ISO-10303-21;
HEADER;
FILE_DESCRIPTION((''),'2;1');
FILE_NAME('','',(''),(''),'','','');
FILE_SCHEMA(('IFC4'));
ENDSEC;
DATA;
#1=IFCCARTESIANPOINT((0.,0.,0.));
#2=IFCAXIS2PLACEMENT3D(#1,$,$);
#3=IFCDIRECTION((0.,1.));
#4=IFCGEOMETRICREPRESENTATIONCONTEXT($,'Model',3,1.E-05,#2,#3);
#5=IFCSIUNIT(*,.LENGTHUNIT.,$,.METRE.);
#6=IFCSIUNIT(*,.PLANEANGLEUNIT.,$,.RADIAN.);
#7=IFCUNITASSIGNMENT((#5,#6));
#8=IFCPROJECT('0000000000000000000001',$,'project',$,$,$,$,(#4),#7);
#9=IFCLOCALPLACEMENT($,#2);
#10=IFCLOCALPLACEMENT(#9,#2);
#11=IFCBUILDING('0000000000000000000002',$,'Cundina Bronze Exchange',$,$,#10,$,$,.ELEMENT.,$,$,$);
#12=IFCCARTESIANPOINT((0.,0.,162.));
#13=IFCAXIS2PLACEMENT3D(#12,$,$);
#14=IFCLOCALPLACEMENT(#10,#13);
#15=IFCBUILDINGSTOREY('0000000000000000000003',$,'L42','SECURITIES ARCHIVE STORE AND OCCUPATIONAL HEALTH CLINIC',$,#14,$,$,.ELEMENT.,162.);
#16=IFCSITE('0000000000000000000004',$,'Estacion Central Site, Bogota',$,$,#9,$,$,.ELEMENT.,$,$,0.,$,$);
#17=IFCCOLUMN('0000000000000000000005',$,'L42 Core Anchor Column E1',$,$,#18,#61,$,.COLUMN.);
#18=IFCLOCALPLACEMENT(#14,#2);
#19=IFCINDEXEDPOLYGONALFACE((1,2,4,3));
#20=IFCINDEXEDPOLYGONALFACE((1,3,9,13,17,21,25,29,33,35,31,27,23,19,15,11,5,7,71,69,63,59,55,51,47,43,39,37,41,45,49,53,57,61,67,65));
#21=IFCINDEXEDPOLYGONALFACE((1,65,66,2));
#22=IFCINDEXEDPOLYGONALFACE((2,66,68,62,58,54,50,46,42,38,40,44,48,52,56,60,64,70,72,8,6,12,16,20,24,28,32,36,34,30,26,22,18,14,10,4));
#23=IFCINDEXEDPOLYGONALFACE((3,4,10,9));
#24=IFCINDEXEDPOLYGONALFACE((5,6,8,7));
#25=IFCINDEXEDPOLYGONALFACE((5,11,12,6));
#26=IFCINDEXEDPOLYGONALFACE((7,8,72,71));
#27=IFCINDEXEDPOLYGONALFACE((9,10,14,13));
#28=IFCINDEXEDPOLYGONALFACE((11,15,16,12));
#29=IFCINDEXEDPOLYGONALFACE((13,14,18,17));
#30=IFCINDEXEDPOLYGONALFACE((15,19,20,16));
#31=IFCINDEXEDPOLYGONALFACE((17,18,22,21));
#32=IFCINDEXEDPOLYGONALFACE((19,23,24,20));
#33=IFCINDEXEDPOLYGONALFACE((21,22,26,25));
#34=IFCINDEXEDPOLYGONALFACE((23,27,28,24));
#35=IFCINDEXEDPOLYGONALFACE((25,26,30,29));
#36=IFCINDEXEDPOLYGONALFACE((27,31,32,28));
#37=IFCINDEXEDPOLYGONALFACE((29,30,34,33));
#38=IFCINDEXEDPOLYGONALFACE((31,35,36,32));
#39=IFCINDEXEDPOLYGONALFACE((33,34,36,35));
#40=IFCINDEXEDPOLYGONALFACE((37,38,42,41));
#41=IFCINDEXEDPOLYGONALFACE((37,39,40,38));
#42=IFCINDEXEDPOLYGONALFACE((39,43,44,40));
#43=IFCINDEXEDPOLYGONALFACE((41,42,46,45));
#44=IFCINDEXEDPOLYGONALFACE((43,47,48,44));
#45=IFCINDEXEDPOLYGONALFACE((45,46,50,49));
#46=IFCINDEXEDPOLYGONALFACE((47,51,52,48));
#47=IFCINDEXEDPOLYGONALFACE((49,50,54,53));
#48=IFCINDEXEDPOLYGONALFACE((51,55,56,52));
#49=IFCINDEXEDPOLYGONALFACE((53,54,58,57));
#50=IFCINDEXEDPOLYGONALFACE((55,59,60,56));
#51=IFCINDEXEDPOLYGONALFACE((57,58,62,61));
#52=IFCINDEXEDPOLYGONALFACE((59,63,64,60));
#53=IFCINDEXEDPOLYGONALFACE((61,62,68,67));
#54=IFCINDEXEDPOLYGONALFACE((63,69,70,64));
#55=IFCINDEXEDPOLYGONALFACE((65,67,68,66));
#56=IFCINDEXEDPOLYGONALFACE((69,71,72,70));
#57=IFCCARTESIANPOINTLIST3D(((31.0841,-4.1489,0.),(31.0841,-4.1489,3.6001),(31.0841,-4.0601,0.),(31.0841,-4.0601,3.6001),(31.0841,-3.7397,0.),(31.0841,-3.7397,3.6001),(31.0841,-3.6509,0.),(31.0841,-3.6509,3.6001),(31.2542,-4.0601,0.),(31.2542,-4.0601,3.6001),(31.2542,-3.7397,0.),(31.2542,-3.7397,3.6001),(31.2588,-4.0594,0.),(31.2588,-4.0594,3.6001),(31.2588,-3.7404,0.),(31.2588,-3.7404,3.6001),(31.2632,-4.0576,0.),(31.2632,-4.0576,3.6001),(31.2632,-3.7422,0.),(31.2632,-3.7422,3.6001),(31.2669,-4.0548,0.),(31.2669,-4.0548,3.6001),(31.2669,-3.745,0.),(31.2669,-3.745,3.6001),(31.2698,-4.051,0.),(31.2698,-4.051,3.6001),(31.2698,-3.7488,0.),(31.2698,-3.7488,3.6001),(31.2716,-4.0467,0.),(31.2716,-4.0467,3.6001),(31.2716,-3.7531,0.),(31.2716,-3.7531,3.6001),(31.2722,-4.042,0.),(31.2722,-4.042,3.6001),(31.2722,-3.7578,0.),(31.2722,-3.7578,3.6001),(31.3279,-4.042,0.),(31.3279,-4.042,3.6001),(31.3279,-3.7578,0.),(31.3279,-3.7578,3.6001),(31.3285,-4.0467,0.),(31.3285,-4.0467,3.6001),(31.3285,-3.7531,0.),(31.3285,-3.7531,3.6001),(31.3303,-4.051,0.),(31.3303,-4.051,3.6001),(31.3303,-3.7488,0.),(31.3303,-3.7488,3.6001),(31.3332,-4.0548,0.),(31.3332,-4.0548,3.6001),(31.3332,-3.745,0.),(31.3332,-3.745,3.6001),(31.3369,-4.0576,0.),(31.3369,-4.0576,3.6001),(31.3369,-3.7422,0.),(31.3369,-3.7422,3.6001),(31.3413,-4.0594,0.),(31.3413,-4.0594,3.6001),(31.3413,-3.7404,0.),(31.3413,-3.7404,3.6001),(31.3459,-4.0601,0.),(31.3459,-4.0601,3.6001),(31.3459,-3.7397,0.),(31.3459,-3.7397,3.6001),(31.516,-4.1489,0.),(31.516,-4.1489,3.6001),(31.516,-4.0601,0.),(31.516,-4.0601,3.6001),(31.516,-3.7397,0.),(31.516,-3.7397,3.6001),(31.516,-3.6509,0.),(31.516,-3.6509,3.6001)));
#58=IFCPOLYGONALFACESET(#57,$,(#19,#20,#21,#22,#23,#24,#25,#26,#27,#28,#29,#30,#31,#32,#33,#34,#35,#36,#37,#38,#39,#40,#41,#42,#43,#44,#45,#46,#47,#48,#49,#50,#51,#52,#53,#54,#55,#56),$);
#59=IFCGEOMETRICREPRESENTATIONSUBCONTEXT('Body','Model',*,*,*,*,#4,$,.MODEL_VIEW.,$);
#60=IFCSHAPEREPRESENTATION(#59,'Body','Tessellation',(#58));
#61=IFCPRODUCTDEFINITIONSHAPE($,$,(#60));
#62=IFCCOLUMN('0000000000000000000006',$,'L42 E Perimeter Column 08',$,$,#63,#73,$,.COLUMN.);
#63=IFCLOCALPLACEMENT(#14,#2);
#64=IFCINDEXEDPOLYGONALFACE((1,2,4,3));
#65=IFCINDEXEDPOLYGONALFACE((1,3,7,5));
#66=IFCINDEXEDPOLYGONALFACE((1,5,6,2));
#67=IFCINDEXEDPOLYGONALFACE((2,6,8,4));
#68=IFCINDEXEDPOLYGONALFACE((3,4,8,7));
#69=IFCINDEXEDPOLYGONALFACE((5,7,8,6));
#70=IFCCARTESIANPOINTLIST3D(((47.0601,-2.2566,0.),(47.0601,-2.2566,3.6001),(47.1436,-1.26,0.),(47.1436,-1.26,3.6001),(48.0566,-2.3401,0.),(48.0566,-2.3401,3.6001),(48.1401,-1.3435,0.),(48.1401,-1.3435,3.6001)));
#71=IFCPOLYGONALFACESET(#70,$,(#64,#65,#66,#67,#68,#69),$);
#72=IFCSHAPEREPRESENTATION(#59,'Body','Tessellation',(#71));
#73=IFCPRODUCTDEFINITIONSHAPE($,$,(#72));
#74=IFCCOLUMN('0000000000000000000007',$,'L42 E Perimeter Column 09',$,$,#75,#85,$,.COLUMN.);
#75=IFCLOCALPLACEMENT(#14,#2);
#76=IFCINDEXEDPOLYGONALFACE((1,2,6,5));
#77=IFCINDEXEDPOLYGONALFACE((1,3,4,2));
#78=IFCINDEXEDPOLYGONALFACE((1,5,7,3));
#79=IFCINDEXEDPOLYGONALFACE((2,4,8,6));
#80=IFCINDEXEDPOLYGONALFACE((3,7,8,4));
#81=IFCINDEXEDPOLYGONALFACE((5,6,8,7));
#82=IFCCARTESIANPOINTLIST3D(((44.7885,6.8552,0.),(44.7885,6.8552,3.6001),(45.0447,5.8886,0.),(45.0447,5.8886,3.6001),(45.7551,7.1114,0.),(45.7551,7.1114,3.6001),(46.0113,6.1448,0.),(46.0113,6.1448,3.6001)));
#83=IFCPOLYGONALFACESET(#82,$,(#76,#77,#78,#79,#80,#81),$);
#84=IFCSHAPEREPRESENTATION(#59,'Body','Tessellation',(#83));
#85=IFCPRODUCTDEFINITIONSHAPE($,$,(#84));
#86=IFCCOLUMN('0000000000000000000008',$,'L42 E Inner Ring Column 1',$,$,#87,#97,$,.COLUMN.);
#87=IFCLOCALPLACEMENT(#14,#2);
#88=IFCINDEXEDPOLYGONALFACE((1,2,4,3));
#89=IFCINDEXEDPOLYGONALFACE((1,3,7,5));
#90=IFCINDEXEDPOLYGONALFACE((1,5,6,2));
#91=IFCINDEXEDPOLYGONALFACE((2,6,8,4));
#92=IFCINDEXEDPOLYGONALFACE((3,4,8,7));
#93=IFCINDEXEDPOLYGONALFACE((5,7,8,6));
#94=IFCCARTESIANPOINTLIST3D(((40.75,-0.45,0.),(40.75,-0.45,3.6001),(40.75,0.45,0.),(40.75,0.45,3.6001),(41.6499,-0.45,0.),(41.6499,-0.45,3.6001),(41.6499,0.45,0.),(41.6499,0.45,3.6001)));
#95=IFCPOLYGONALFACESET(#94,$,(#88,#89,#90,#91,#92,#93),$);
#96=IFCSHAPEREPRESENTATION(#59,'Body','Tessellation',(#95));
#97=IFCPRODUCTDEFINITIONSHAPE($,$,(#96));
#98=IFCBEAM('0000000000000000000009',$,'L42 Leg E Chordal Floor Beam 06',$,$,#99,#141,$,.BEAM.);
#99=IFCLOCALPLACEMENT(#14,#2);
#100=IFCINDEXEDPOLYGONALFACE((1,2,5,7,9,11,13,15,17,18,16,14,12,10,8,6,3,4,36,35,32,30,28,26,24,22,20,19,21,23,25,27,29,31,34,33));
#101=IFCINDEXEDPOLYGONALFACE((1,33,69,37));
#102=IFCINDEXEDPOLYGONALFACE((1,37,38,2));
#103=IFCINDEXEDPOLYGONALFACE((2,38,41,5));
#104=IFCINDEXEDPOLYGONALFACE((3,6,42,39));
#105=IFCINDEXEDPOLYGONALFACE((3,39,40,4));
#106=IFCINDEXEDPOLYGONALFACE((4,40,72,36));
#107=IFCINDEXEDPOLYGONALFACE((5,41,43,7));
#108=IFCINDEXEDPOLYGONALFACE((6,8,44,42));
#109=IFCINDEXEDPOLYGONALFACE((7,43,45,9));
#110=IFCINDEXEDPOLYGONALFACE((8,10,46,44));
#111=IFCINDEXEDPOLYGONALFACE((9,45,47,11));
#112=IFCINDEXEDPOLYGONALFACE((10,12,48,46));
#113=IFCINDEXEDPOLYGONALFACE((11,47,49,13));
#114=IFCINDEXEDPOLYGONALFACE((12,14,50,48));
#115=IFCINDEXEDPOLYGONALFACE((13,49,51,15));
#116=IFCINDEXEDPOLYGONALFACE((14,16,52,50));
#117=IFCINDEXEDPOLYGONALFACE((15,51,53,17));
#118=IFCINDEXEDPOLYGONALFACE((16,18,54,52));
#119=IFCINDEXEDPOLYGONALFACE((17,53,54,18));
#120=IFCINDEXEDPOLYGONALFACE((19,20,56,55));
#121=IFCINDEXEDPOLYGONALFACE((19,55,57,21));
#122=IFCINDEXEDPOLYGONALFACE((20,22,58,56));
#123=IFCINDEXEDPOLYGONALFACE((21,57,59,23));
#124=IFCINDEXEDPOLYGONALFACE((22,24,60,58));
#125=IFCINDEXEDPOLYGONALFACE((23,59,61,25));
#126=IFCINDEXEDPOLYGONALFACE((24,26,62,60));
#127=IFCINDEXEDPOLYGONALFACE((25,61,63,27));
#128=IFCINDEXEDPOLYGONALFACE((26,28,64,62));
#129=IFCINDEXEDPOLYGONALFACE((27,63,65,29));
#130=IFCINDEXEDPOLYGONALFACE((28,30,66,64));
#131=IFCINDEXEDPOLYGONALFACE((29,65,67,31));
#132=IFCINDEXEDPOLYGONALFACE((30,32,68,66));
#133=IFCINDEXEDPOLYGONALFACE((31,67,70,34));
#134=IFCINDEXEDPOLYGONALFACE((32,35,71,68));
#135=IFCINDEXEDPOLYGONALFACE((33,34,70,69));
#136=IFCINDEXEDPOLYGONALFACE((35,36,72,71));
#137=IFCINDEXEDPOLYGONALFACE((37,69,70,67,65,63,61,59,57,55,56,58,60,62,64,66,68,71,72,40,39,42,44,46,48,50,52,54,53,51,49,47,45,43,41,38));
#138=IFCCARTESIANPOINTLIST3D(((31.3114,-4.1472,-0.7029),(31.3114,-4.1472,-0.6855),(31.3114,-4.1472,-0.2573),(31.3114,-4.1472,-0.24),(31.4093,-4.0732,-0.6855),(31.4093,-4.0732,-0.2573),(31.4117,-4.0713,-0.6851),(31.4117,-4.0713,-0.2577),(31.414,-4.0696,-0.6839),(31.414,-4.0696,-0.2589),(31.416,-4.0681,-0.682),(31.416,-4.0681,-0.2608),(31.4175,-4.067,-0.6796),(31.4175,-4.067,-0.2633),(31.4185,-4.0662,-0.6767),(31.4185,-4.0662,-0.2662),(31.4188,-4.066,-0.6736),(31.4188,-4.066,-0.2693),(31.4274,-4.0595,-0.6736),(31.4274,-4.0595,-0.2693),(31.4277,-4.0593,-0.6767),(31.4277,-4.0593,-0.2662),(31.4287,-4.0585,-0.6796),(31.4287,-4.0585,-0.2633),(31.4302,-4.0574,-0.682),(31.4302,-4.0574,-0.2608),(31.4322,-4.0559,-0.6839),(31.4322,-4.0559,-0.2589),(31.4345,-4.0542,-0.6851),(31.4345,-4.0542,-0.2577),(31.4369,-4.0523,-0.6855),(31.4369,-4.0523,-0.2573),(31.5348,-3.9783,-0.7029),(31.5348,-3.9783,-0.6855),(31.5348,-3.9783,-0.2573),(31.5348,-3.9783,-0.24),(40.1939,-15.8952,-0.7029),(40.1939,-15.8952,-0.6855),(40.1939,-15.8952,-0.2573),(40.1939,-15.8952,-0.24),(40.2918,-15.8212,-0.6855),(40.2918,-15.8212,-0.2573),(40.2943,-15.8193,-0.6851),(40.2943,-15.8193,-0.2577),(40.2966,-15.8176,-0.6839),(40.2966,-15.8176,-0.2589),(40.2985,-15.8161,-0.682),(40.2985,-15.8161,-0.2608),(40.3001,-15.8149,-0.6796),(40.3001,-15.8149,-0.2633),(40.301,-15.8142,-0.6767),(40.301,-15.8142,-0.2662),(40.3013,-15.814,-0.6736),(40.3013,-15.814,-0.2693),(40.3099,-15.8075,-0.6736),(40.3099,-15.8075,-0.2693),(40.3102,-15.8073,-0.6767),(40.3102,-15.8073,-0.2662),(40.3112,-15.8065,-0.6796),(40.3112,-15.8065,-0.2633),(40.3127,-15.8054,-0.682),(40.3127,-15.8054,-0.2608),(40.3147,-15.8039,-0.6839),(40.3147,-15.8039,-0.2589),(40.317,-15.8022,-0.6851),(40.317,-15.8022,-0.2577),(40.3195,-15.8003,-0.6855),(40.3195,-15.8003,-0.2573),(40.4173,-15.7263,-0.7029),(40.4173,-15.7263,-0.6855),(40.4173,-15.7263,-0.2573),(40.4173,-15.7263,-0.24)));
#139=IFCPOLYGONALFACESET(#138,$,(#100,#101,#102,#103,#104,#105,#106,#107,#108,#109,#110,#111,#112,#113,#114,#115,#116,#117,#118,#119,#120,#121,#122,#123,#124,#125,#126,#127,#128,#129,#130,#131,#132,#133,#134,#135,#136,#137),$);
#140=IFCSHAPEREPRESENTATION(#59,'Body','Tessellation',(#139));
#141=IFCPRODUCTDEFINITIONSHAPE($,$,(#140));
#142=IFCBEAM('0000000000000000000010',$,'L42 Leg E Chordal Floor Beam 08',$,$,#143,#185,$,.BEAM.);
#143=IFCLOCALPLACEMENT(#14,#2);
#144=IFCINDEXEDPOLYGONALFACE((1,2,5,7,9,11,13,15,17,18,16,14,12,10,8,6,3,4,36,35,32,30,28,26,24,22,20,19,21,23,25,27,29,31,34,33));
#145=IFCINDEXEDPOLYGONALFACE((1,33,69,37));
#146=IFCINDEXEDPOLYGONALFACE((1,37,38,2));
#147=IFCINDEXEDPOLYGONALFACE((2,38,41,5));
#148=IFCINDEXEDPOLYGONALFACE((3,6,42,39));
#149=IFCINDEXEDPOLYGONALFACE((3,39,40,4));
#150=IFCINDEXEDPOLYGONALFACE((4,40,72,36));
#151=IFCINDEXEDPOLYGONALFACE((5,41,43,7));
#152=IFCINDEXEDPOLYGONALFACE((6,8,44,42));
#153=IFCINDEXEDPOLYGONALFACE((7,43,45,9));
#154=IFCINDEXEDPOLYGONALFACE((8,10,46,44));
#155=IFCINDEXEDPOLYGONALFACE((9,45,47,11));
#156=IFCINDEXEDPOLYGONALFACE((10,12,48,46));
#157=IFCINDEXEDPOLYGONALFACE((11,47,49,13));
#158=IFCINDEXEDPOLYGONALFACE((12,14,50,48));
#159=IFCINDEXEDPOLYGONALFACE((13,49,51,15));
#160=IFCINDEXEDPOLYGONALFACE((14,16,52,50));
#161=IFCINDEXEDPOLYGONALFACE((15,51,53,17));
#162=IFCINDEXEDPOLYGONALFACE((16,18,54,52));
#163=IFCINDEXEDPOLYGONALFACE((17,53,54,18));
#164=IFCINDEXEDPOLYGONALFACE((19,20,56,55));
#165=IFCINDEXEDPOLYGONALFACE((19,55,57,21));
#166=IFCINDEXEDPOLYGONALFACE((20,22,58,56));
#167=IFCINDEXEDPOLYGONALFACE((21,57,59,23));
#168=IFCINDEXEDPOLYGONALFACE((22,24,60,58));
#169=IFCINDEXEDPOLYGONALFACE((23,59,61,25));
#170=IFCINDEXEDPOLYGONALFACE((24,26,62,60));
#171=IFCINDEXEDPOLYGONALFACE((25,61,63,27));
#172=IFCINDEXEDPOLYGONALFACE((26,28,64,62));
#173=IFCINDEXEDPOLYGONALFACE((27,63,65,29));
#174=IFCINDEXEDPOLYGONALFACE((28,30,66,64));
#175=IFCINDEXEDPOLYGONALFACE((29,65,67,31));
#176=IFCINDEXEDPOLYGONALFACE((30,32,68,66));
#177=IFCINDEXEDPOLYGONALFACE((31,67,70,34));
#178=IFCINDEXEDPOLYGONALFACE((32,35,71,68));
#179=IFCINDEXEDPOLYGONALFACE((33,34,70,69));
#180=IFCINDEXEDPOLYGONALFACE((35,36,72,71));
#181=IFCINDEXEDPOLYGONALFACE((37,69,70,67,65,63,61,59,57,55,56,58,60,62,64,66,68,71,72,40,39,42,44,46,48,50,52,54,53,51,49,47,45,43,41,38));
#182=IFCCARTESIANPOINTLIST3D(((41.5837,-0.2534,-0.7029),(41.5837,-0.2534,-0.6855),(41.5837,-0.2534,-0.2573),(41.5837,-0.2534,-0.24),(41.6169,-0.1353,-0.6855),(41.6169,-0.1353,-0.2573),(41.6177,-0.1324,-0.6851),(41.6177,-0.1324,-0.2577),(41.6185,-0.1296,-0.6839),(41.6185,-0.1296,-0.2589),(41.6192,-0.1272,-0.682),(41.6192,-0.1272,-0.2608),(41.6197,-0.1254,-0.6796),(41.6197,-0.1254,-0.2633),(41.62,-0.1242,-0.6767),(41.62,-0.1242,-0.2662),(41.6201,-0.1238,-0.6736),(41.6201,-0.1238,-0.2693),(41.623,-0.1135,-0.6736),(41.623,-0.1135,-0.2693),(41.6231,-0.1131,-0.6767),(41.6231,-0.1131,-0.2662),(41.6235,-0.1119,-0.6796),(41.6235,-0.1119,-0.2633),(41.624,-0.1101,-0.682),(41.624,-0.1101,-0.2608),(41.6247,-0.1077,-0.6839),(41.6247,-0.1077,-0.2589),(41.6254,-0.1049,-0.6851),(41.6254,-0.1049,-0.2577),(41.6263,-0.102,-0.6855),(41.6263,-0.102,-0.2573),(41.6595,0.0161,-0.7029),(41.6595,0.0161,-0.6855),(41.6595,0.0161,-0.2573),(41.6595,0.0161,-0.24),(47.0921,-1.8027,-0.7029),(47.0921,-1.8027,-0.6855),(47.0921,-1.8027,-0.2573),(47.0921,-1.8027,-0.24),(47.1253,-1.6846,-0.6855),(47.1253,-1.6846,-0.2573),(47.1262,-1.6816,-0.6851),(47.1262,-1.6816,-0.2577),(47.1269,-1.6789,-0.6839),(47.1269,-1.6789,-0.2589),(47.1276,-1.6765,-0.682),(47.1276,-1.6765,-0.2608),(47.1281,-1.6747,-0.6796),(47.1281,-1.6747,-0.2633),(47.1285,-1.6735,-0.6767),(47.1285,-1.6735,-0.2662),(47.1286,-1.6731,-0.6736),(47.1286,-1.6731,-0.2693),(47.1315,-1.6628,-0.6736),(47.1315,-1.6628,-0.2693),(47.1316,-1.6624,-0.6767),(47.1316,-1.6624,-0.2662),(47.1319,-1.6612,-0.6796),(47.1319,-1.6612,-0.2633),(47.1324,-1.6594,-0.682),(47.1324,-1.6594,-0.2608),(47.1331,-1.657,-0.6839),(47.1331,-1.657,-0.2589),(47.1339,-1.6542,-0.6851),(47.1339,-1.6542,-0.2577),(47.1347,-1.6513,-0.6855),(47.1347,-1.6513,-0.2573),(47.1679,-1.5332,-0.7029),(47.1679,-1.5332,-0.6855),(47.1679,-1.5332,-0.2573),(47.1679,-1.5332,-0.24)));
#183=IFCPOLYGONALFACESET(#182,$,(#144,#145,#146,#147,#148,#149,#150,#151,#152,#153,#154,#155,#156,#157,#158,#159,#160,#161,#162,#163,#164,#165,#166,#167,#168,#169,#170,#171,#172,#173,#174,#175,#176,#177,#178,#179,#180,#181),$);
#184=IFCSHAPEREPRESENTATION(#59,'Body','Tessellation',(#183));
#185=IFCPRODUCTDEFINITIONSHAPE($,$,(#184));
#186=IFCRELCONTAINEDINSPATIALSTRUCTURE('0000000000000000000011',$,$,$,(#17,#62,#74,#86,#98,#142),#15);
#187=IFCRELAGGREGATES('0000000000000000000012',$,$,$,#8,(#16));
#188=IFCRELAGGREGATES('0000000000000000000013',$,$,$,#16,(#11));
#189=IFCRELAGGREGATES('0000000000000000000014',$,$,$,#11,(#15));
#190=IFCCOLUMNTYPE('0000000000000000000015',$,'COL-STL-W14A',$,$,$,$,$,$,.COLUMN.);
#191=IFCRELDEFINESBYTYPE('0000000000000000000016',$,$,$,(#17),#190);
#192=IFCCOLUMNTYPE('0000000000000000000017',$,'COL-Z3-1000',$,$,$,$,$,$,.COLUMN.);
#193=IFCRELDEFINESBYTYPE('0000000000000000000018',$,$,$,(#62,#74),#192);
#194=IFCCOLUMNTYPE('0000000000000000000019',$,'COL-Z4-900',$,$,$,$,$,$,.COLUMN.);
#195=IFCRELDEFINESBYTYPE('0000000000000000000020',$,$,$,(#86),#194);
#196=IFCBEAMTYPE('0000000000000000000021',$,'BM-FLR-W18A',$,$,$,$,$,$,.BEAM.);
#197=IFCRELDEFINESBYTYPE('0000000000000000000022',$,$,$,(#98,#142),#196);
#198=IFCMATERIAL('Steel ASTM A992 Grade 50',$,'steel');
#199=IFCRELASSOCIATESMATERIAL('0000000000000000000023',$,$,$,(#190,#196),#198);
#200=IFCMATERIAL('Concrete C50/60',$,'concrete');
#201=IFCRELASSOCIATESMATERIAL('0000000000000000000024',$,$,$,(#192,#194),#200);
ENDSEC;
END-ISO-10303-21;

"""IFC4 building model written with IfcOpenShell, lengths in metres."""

from ifc_helpers import new_model, si_unit, direction, frame, origin, origin_2d, place, context, subcontext, project, spatial, rectangle, i_section, extrude, material, material_profile, profile_set, type_object, element, save


model = new_model("IFC4")

# Units and contexts
model_context = context("Model", 3, precision=1e-05, world=origin(), true_north=direction((0.0, 1.0)))
body_context = subcontext(model_context, "Body", "Model", "MODEL_VIEW")
ifc_project = project(units=[si_unit("LENGTHUNIT", "METRE"), si_unit("PLANEANGLEUNIT", "RADIAN")], contexts=[model_context])

# Site, building, storey
site_placement = place(None, origin())
site = spatial("IfcSite", under=ifc_project, at=site_placement, Name="Estacion Central Site, Bogota", CompositionType="ELEMENT", RefElevation=0.0)
building_placement = place(site_placement, origin())
building = spatial("IfcBuilding", under=site, at=building_placement, Name="Cundina Bronze Exchange", CompositionType="ELEMENT")
storey_placement = place(building_placement, frame((0.0, 0.0, 162.0)))
storey = spatial("IfcBuildingStorey", under=building, at=storey_placement, Name="L42", Description="SECURITIES ARCHIVE STORE AND OCCUPATIONAL HEALTH CLINIC", CompositionType="ELEMENT", Elevation=162.0)

# Columns
ifc_material_1 = material(Name="Steel ASTM A992 Grade 50", Category="steel")
ifc_material_profile_1 = material_profile(ifc_material_1, i_section(OverallWidth=0.4319, OverallDepth=0.498, WebThickness=0.0557, FlangeThickness=0.0889, FilletRadius=0.0181, at=origin_2d()), Name="W14X500", Category="steel")
ifc_profile_set_1 = profile_set([ifc_material_profile_1], Name="Steel ASTM A992 Grade 50")
column_type_1 = type_object("IfcColumnType", Name="COL-STL-W14A", PredefinedType="COLUMN", material=ifc_profile_set_1)
column_1_placement = place(storey_placement, frame((31.3, -3.8999, 0.0), z_axis=(0.0, 0.0, 1.0), x_axis=(1.0, 0.0, 0.0)))
element("IfcColumn", 1, at=column_1_placement, inside=storey, type_object=column_type_1, Name="L42 Core Anchor Column E1", PredefinedType="COLUMN", context=body_context, shape_type="SweptSolid", body=[
    extrude(i_section(OverallWidth=0.4319, OverallDepth=0.498, WebThickness=0.0557, FlangeThickness=0.0889, FilletRadius=0.0181, at=origin_2d()), origin(), (0.0, 0.0, 1.0), 3.6001),
])
ifc_material_2 = material(Name="Concrete C50/60", Category="concrete")
ifc_material_profile_2 = material_profile(ifc_material_2, rectangle(XDim=1.0, YDim=1.0, at=origin_2d()), Name="RC1000X1000", Category="concrete")
ifc_profile_set_2 = profile_set([ifc_material_profile_2], Name="Concrete C50/60")
column_type_2 = type_object("IfcColumnType", Name="COL-Z3-1000", PredefinedType="COLUMN", material=ifc_profile_set_2)
for number, where, z_axis, x_axis, name in (
    (2, (47.6001, -1.8, 0.0), (0.0, 0.0, 1.0), (0.083504, 0.996507, 0.0), "L42 E Perimeter Column 08"),
    (3, (45.3999, 6.5, 0.0), (0.0, 0.0, 1.0), (-0.256289, 0.9666, 0.0), "L42 E Perimeter Column 09"),
):
    element("IfcColumn", number, at=place(storey_placement, frame(where, z_axis=z_axis, x_axis=x_axis)), inside=storey, type_object=column_type_2, Name=name, PredefinedType="COLUMN", context=body_context, shape_type="SweptSolid", body=[
        extrude(rectangle(XDim=1.0, YDim=1.0, at=origin_2d()), origin(), (0.0, 0.0, 1.0), 3.6001),
    ])
ifc_material_profile_3 = material_profile(ifc_material_2, rectangle(XDim=0.8999, YDim=0.8999, at=origin_2d()), Name="RC900X900", Category="concrete")
ifc_profile_set_3 = profile_set([ifc_material_profile_3], Name="Concrete C50/60")
column_type_3 = type_object("IfcColumnType", Name="COL-Z4-900", PredefinedType="COLUMN", material=ifc_profile_set_3)
column_2_placement = place(storey_placement, frame((41.2, 0.0, 0.0), z_axis=(0.0, 0.0, 1.0), x_axis=(1.0, 0.0, 0.0)))
element("IfcColumn", 4, at=column_2_placement, inside=storey, type_object=column_type_3, Name="L42 E Inner Ring Column 1", PredefinedType="COLUMN", context=body_context, shape_type="SweptSolid", body=[
    extrude(rectangle(XDim=0.8999, YDim=0.8999, at=origin_2d()), origin(), (0.0, 0.0, 1.0), 3.6001),
])

# Beams
ifc_material_profile_4 = material_profile(ifc_material_1, i_section(OverallWidth=0.28, OverallDepth=0.4629, WebThickness=0.0107, FlangeThickness=0.0173, FilletRadius=0.012, at=origin_2d()), Name="W18X76", Category="steel")
ifc_profile_set_4 = profile_set([ifc_material_profile_4], Name="Steel ASTM A992 Grade 50")
beam_type_1 = type_object("IfcBeamType", Name="BM-FLR-W18A", PredefinedType="BEAM", material=ifc_profile_set_4)
beam_1_placement = place(storey_placement, frame((31.4231, -4.0627, -0.4714), z_axis=(0.603104, -0.797663, 0.0), x_axis=(0.797663, 0.603104, 0.0)))
element("IfcBeam", 5, at=beam_1_placement, inside=storey, type_object=beam_type_1, Name="L42 Leg E Chordal Floor Beam 06", PredefinedType="BEAM", context=body_context, shape_type="SweptSolid", body=[
    extrude(i_section(OverallWidth=0.28, OverallDepth=0.4629, WebThickness=0.0107, FlangeThickness=0.0173, FilletRadius=0.012, at=origin_2d()), origin(), (0.0, 0.0, 1.0), 14.728),
])
beam_2_placement = place(storey_placement, frame((41.6216, -0.1187, -0.4714), z_axis=(0.962649, -0.270752, 0.0), x_axis=(0.270752, 0.962649, 0.0)))
element("IfcBeam", 6, at=beam_2_placement, inside=storey, type_object=beam_type_1, Name="L42 Leg E Chordal Floor Beam 08", PredefinedType="BEAM", context=body_context, shape_type="SweptSolid", body=[
    extrude(i_section(OverallWidth=0.28, OverallDepth=0.4629, WebThickness=0.0107, FlangeThickness=0.0173, FilletRadius=0.012, at=origin_2d()), origin(), (0.0, 0.0, 1.0), 5.7222),
])

save(model, "model.ifc")
